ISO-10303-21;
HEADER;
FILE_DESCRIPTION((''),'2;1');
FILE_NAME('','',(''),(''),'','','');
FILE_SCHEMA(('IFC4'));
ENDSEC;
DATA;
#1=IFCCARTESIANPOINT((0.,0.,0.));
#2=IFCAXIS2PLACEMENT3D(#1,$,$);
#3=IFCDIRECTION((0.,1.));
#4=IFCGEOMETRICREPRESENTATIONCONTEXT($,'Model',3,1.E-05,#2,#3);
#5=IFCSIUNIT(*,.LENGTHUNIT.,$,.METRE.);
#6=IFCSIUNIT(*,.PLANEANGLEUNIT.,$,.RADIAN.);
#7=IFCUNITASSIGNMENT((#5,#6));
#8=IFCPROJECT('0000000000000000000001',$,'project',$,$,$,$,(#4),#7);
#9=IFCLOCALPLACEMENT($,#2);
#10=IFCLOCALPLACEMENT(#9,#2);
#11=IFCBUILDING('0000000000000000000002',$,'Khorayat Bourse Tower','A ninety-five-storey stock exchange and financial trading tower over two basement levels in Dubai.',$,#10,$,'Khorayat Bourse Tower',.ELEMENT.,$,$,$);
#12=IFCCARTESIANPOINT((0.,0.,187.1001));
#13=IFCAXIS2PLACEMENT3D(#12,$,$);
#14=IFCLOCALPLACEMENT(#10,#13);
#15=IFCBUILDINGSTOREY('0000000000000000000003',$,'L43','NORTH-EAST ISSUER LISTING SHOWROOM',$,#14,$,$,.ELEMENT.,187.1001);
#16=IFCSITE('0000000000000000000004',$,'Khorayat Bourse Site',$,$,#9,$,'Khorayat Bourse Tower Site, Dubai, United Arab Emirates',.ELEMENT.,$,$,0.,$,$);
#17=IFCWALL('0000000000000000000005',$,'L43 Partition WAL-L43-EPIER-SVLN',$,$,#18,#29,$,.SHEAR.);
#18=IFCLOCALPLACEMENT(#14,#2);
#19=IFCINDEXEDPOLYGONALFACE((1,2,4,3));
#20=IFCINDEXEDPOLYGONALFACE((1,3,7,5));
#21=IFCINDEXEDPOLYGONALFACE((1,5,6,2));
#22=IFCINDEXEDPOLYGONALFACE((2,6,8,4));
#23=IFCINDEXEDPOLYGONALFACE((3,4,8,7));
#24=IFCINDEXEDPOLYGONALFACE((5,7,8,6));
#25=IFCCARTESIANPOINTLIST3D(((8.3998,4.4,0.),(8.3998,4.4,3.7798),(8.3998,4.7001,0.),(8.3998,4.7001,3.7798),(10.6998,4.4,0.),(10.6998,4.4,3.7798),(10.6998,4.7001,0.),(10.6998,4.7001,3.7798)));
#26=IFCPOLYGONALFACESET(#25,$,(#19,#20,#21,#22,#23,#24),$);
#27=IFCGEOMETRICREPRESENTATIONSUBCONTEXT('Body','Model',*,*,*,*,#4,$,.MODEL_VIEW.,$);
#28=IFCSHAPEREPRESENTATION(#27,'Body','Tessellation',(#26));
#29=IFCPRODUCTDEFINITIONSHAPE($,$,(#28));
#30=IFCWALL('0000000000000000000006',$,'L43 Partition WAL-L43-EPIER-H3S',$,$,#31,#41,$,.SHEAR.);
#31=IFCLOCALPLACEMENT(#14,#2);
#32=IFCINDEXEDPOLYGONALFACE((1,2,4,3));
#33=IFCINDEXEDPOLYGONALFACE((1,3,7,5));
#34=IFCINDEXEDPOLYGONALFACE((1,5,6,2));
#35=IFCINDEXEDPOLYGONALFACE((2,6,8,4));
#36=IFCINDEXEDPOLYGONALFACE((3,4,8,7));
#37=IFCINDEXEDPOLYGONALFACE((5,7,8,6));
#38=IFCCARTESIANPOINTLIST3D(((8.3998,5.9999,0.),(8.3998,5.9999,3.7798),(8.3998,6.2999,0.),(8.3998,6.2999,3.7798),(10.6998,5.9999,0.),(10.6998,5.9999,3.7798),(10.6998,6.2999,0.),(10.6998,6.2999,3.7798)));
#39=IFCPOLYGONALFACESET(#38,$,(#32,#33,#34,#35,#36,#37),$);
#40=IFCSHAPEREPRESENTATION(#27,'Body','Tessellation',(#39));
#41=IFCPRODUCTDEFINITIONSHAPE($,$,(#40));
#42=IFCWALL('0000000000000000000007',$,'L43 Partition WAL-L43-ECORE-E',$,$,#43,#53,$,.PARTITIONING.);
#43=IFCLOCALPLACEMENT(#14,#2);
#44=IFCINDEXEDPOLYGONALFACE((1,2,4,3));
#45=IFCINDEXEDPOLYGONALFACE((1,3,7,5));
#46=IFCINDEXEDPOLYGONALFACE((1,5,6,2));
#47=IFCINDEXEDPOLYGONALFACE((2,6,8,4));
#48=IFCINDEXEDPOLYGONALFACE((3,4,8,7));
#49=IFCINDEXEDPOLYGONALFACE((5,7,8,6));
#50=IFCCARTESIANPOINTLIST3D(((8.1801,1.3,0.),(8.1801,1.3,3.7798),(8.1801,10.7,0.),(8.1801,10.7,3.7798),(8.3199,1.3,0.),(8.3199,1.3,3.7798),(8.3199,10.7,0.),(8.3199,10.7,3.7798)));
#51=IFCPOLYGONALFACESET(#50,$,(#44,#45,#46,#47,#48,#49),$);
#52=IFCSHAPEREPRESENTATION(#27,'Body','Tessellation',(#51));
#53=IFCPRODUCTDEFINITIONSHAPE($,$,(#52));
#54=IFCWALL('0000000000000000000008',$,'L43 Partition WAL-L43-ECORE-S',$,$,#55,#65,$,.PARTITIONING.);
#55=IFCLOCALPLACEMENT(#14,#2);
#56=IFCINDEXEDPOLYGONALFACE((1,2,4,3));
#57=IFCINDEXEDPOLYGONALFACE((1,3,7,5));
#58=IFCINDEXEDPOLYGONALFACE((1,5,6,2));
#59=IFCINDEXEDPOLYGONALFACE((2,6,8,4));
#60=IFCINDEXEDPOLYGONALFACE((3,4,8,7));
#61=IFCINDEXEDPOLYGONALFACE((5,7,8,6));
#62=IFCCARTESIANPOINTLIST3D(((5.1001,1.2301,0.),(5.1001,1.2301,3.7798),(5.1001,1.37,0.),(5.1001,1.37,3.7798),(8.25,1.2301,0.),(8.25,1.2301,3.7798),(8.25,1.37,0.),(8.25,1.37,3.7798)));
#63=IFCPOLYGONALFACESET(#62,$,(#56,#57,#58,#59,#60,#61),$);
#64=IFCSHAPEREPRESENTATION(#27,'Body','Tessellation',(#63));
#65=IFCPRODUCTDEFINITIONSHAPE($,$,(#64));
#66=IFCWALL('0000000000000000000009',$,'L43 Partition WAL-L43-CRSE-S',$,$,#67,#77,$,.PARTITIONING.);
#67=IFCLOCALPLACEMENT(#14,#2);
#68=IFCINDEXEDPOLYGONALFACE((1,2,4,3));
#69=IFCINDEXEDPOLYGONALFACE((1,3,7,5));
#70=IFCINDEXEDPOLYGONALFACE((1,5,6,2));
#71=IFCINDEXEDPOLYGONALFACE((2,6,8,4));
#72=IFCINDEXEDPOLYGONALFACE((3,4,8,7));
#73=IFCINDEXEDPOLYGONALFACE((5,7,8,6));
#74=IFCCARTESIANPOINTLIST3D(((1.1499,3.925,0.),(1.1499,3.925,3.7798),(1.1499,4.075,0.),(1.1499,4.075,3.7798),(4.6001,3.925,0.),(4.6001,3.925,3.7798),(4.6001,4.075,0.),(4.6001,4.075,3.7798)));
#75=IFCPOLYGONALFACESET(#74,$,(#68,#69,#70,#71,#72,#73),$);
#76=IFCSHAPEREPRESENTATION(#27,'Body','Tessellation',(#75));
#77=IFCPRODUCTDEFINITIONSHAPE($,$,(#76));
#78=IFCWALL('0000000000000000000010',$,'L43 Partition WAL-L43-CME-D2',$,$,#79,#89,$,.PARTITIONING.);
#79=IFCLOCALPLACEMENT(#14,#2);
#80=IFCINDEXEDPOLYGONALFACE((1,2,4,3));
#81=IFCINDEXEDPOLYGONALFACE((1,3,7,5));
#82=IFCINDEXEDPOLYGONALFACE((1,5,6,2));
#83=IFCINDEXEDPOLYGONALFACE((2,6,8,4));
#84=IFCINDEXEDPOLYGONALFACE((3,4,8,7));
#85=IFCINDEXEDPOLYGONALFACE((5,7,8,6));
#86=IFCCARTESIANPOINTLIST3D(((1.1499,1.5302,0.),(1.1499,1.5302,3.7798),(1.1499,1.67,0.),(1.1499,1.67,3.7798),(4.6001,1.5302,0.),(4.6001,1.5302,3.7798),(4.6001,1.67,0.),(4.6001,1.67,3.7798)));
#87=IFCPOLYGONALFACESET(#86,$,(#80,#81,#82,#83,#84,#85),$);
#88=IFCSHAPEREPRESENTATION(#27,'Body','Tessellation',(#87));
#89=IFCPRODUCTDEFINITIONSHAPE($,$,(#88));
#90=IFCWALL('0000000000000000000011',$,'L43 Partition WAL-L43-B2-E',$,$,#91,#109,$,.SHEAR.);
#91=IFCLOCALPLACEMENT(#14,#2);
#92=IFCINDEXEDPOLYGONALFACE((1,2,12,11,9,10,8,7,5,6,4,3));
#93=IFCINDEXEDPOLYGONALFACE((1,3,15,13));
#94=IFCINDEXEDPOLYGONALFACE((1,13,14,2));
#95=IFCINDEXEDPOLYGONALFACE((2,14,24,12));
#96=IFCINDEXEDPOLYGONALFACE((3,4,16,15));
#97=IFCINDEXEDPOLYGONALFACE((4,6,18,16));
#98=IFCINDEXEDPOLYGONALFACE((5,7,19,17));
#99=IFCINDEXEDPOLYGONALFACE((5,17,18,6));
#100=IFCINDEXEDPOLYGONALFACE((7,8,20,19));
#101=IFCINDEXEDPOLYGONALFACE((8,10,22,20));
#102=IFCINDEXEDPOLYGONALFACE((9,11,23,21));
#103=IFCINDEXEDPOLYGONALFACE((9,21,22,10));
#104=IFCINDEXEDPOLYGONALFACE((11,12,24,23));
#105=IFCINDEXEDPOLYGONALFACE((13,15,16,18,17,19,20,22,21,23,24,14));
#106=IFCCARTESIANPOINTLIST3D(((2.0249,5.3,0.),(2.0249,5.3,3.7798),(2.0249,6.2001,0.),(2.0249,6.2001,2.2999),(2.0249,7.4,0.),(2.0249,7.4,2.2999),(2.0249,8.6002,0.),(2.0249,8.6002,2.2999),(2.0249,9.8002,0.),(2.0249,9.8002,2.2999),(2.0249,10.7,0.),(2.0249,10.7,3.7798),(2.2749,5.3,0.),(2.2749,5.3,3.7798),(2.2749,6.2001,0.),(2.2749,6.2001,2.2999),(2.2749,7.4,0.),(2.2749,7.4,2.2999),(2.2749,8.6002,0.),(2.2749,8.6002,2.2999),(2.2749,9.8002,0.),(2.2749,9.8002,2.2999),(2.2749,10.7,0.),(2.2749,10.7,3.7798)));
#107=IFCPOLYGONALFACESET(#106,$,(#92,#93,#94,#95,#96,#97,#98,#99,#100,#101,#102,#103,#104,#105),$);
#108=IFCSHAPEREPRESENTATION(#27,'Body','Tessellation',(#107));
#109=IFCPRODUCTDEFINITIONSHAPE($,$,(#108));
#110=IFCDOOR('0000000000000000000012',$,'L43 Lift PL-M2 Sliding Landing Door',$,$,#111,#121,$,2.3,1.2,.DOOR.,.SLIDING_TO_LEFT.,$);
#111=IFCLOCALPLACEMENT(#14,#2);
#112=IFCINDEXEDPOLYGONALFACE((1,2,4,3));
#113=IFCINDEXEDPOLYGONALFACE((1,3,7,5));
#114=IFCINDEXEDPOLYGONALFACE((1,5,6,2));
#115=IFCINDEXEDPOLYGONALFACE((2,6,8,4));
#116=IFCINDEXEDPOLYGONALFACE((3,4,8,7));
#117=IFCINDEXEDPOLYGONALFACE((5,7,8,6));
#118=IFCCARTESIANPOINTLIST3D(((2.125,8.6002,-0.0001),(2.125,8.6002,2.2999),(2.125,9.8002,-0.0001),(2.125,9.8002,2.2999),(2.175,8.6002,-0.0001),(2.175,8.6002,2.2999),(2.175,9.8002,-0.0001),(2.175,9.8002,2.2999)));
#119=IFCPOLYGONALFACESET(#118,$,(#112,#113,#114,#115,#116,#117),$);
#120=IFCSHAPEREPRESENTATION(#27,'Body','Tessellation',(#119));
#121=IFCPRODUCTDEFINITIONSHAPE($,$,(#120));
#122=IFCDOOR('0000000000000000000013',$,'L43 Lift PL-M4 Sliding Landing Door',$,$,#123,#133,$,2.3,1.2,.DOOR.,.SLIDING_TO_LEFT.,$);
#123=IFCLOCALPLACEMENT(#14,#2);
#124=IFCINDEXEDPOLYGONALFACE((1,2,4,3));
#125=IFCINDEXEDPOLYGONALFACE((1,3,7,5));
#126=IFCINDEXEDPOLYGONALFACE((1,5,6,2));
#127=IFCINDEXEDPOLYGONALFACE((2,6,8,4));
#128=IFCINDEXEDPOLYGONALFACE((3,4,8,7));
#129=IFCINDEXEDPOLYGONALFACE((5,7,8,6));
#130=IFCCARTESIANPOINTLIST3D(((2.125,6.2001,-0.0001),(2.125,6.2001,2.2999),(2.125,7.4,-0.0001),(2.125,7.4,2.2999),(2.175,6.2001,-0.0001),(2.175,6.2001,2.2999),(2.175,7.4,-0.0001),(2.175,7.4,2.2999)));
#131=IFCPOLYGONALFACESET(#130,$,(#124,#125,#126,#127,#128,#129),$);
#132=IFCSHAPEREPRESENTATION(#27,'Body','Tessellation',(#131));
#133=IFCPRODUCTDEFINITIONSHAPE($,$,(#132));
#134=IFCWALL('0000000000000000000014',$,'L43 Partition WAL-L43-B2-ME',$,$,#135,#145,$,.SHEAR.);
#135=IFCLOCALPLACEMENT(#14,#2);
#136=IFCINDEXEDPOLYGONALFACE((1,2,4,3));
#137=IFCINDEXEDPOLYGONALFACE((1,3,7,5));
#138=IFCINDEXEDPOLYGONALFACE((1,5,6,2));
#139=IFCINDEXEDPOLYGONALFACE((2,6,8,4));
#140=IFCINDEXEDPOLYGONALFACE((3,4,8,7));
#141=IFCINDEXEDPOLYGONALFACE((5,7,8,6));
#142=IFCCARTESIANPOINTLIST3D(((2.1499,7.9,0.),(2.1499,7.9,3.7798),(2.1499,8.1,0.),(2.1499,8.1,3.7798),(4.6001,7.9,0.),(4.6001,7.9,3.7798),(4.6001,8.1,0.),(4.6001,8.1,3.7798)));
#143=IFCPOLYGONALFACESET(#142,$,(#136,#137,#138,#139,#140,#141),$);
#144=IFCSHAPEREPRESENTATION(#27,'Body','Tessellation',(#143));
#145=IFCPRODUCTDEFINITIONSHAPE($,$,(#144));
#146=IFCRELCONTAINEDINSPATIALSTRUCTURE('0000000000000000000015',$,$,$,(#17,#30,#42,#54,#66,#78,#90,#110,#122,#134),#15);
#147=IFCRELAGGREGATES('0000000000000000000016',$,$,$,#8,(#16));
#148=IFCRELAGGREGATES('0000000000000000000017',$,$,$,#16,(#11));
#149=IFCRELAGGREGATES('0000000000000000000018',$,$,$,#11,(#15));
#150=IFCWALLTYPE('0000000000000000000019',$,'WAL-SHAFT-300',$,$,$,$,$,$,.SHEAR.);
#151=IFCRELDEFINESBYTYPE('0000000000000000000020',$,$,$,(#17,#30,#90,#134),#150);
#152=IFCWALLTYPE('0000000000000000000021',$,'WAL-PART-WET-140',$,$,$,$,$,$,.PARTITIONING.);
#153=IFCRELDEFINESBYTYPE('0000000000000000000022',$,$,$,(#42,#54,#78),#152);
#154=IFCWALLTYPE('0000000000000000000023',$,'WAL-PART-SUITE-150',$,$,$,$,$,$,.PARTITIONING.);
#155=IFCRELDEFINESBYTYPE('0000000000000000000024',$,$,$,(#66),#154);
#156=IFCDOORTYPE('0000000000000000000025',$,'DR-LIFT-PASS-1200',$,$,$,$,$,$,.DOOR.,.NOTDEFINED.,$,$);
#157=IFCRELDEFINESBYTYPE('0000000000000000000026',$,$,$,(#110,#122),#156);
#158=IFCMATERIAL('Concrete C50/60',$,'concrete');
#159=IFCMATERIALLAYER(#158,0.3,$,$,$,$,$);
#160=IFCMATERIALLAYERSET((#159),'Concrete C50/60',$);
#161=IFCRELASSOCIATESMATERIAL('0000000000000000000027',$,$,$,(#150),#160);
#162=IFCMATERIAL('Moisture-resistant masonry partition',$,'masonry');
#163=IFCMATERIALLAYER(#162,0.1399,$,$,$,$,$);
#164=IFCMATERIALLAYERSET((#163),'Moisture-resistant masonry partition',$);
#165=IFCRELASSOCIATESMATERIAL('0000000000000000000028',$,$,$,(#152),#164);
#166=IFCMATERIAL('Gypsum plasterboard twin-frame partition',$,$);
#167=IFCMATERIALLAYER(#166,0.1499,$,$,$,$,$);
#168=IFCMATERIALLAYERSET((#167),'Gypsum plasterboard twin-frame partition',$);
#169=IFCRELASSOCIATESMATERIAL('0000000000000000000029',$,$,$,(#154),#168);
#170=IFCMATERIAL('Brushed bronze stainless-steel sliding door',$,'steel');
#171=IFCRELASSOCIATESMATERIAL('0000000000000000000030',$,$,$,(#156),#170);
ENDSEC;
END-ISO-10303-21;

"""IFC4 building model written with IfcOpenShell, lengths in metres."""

from ifc_helpers import new_model, si_unit, direction, frame, frame_2d, origin, place, context, subcontext, project, spatial, rectangle, extrude, source, transform, mapped, material, layer, layer_set, type_object, element, fill, save


model = new_model("IFC4")

# Units and contexts
model_context = context("Model", 3, precision=1e-05, world=origin(), true_north=direction((0.0, 1.0)))
body_context = subcontext(model_context, "Body", "Model", "MODEL_VIEW")
ifc_project = project(units=[si_unit("LENGTHUNIT", "METRE"), si_unit("PLANEANGLEUNIT", "RADIAN")], contexts=[model_context])

# Site, building, storey
site_placement = place(None, origin())
site = spatial("IfcSite", under=ifc_project, at=site_placement, Name="Khorayat Bourse Site", LongName="Khorayat Bourse Tower Site, Dubai, United Arab Emirates", CompositionType="ELEMENT", RefElevation=0.0)
building_placement = place(site_placement, origin())
building = spatial("IfcBuilding", under=site, at=building_placement, Name="Khorayat Bourse Tower", Description="A ninety-five-storey stock exchange and financial trading tower over two basement levels in Dubai.", LongName="Khorayat Bourse Tower", CompositionType="ELEMENT")
storey_placement = place(building_placement, frame((0.0, 0.0, 187.1001)))
storey = spatial("IfcBuildingStorey", under=building, at=storey_placement, Name="L43", Description="NORTH-EAST ISSUER LISTING SHOWROOM", CompositionType="ELEMENT", Elevation=187.1001)

# Walls
ifc_material_1 = material(Name="Concrete C50/60", Category="concrete")
ifc_layer_1 = layer(ifc_material_1, 0.3)
ifc_layer_set_1 = layer_set([ifc_layer_1], Name="Concrete C50/60")
wall_type_1 = type_object("IfcWallType", Name="WAL-SHAFT-300", PredefinedType="SHEAR", material=ifc_layer_set_1)
shared_shape_1 = source(origin(), body_context, "Body", "SweptSolid", [
    extrude(rectangle(XDim=2.3, YDim=0.3, at=frame_2d((1.1499, 0.0))), origin(), (0.0, 0.0, 1.0), 3.7798),
])
for number, where, z_axis, x_axis, name in (
    (1, (8.3999, 4.55, 0.0), (0.0, 0.0, 1.0), (1.0, 0.0, 0.0), "L43 Partition WAL-L43-EPIER-SVLN"),
    (2, (8.3999, 6.1499, 0.0), (0.0, 0.0, 1.0), (1.0, 0.0, 0.0), "L43 Partition WAL-L43-EPIER-H3S"),
):
    element("IfcWall", number, at=place(storey_placement, frame(where, z_axis=z_axis, x_axis=x_axis)), inside=storey, type_object=wall_type_1, Name=name, PredefinedType="SHEAR", context=body_context, shape_type="MappedRepresentation", body=[
        mapped(shared_shape_1, transform((0.0, 0.0, 0.0), scale=1.0)),
    ])
ifc_material_2 = material(Name="Moisture-resistant masonry partition", Category="masonry")
ifc_layer_2 = layer(ifc_material_2, 0.1399)
ifc_layer_set_2 = layer_set([ifc_layer_2], Name="Moisture-resistant masonry partition")
wall_type_2 = type_object("IfcWallType", Name="WAL-PART-WET-140", PredefinedType="PARTITIONING", material=ifc_layer_set_2)
shared_shape_2 = source(origin(), body_context, "Body", "SweptSolid", [
    extrude(rectangle(XDim=9.3999, YDim=0.1399, at=frame_2d((4.7, 0.0))), origin(), (0.0, 0.0, 1.0), 3.7798),
])
wall_1_placement = place(storey_placement, frame((8.25, 1.3, 0.0), z_axis=(0.0, 0.0, 1.0), x_axis=(0.0, 1.0, 0.0)))
element("IfcWall", 3, at=wall_1_placement, inside=storey, type_object=wall_type_2, Name="L43 Partition WAL-L43-ECORE-E", PredefinedType="PARTITIONING", context=body_context, shape_type="MappedRepresentation", body=[
    mapped(shared_shape_2, transform((0.0, 0.0, 0.0), scale=1.0)),
])
shared_shape_3 = source(origin(), body_context, "Body", "SweptSolid", [
    extrude(rectangle(XDim=3.1499, YDim=0.1399, at=frame_2d((1.575, 0.0))), origin(), (0.0, 0.0, 1.0), 3.7798),
])
wall_2_placement = place(storey_placement, frame((5.1001, 1.3, 0.0), z_axis=(0.0, 0.0, 1.0), x_axis=(1.0, 0.0, 0.0)))
element("IfcWall", 4, at=wall_2_placement, inside=storey, type_object=wall_type_2, Name="L43 Partition WAL-L43-ECORE-S", PredefinedType="PARTITIONING", context=body_context, shape_type="MappedRepresentation", body=[
    mapped(shared_shape_3, transform((0.0, 0.0, 0.0), scale=1.0)),
])

# Walls
ifc_material_3 = material(Name="Gypsum plasterboard twin-frame partition")
ifc_layer_3 = layer(ifc_material_3, 0.1499)
ifc_layer_set_3 = layer_set([ifc_layer_3], Name="Gypsum plasterboard twin-frame partition")
wall_type_3 = type_object("IfcWallType", Name="WAL-PART-SUITE-150", PredefinedType="PARTITIONING", material=ifc_layer_set_3)
shared_shape_4 = source(origin(), body_context, "Body", "SweptSolid", [
    extrude(rectangle(XDim=3.4502, YDim=0.1499, at=frame_2d((1.7251, 0.0))), origin(), (0.0, 0.0, 1.0), 3.7798),
])
wall_3_placement = place(storey_placement, frame((1.1499, 4.0, 0.0), z_axis=(0.0, 0.0, 1.0), x_axis=(1.0, 0.0, 0.0)))
element("IfcWall", 5, at=wall_3_placement, inside=storey, type_object=wall_type_3, Name="L43 Partition WAL-L43-CRSE-S", PredefinedType="PARTITIONING", context=body_context, shape_type="MappedRepresentation", body=[
    mapped(shared_shape_4, transform((0.0, 0.0, 0.0), scale=1.0)),
])
shared_shape_5 = source(origin(), body_context, "Body", "SweptSolid", [
    extrude(rectangle(XDim=3.4502, YDim=0.1399, at=frame_2d((1.7251, 0.0))), origin(), (0.0, 0.0, 1.0), 3.7798),
])
wall_4_placement = place(storey_placement, frame((1.1499, 1.6001, 0.0), z_axis=(0.0, 0.0, 1.0), x_axis=(1.0, 0.0, 0.0)))
element("IfcWall", 6, at=wall_4_placement, inside=storey, type_object=wall_type_2, Name="L43 Partition WAL-L43-CME-D2", PredefinedType="PARTITIONING", context=body_context, shape_type="MappedRepresentation", body=[
    mapped(shared_shape_5, transform((0.0, 0.0, 0.0), scale=1.0)),
])

# Wall, openings, doors
shared_shape_6 = source(origin(), body_context, "Body", "SweptSolid", [
    extrude(rectangle(XDim=5.3999, YDim=0.25, at=frame_2d((2.7, 0.0))), origin(), (0.0, 0.0, 1.0), 3.7798),
])
wall_5_placement = place(storey_placement, frame((2.1499, 5.3, 0.0), z_axis=(0.0, 0.0, 1.0), x_axis=(0.0, 1.0, 0.0)))
wall_5 = element("IfcWall", 7, at=wall_5_placement, inside=storey, type_object=wall_type_1, Name="L43 Partition WAL-L43-B2-E", PredefinedType="SHEAR", context=body_context, shape_type="MappedRepresentation", body=[
    mapped(shared_shape_6, transform((0.0, 0.0, 0.0), scale=1.0)),
])
shared_shape_7 = source(origin(), body_context, "Body", "SweptSolid", [
    extrude(rectangle(XDim=1.2, YDim=2.3, at=frame_2d((0.6001, 1.1499))), frame((0.0, 0.135, 0.0), z_axis=(0.0, -1.0, 0.0), x_axis=(1.0, 0.0, 0.0)), (0.0, 0.0, 1.0), 0.27),
])
opening_1_placement = place(wall_5_placement, frame((3.3, 0.0, 0.0)))
opening_1 = element("IfcOpeningElement", 8, at=opening_1_placement, cuts=wall_5, PredefinedType="OPENING", context=body_context, shape_type="MappedRepresentation", body=[
    mapped(shared_shape_7, transform((0.0, 0.0, 0.0), scale=1.0)),
])
opening_2_placement = place(wall_5_placement, frame((0.8999, 0.0, 0.0)))
opening_2 = element("IfcOpeningElement", 9, at=opening_2_placement, cuts=wall_5, PredefinedType="OPENING", context=body_context, shape_type="MappedRepresentation", body=[
    mapped(shared_shape_7, transform((0.0, 0.0, 0.0), scale=1.0)),
])
ifc_material_4 = material(Name="Brushed bronze stainless-steel sliding door", Category="steel")
door_type_1 = type_object("IfcDoorType", Name="DR-LIFT-PASS-1200", OperationType="NOTDEFINED", PredefinedType="DOOR", material=ifc_material_4)
shared_shape_8 = source(origin(), body_context, "Body", "SweptSolid", [
    extrude(rectangle(XDim=1.2, YDim=2.3, at=frame_2d((0.6001, 1.1499))), frame((0.0, 0.0249, 0.0), z_axis=(0.0, -1.0, 0.0), x_axis=(1.0, 0.0, 0.0)), (0.0, 0.0, 1.0), 0.05),
])
door_1_placement = place(opening_1_placement, origin())
door_1 = element("IfcDoor", 10, at=door_1_placement, inside=storey, type_object=door_type_1, Name="L43 Lift PL-M2 Sliding Landing Door", OperationType="SLIDING_TO_LEFT", OverallHeight=2.3, OverallWidth=1.2, PredefinedType="DOOR", context=body_context, shape_type="MappedRepresentation", body=[
    mapped(shared_shape_8, transform((0.0, 0.0, 0.0), scale=1.0)),
])
fill(opening_1, door_1)
door_2_placement = place(opening_2_placement, origin())
door_2 = element("IfcDoor", 11, at=door_2_placement, inside=storey, type_object=door_type_1, Name="L43 Lift PL-M4 Sliding Landing Door", OperationType="SLIDING_TO_LEFT", OverallHeight=2.3, OverallWidth=1.2, PredefinedType="DOOR", context=body_context, shape_type="MappedRepresentation", body=[
    mapped(shared_shape_8, transform((0.0, 0.0, 0.0), scale=1.0)),
])
fill(opening_2, door_2)

# Wall
shared_shape_9 = source(origin(), body_context, "Body", "SweptSolid", [
    extrude(rectangle(XDim=2.4502, YDim=0.2, at=frame_2d((1.2251, 0.0))), origin(), (0.0, 0.0, 1.0), 3.7798),
])
wall_6_placement = place(storey_placement, frame((2.1499, 8.0, 0.0), z_axis=(0.0, 0.0, 1.0), x_axis=(1.0, 0.0, 0.0)))
element("IfcWall", 12, at=wall_6_placement, inside=storey, type_object=wall_type_1, Name="L43 Partition WAL-L43-B2-ME", PredefinedType="SHEAR", context=body_context, shape_type="MappedRepresentation", body=[
    mapped(shared_shape_9, transform((0.0, 0.0, 0.0), scale=1.0)),
])

save(model, "model.ifc")
